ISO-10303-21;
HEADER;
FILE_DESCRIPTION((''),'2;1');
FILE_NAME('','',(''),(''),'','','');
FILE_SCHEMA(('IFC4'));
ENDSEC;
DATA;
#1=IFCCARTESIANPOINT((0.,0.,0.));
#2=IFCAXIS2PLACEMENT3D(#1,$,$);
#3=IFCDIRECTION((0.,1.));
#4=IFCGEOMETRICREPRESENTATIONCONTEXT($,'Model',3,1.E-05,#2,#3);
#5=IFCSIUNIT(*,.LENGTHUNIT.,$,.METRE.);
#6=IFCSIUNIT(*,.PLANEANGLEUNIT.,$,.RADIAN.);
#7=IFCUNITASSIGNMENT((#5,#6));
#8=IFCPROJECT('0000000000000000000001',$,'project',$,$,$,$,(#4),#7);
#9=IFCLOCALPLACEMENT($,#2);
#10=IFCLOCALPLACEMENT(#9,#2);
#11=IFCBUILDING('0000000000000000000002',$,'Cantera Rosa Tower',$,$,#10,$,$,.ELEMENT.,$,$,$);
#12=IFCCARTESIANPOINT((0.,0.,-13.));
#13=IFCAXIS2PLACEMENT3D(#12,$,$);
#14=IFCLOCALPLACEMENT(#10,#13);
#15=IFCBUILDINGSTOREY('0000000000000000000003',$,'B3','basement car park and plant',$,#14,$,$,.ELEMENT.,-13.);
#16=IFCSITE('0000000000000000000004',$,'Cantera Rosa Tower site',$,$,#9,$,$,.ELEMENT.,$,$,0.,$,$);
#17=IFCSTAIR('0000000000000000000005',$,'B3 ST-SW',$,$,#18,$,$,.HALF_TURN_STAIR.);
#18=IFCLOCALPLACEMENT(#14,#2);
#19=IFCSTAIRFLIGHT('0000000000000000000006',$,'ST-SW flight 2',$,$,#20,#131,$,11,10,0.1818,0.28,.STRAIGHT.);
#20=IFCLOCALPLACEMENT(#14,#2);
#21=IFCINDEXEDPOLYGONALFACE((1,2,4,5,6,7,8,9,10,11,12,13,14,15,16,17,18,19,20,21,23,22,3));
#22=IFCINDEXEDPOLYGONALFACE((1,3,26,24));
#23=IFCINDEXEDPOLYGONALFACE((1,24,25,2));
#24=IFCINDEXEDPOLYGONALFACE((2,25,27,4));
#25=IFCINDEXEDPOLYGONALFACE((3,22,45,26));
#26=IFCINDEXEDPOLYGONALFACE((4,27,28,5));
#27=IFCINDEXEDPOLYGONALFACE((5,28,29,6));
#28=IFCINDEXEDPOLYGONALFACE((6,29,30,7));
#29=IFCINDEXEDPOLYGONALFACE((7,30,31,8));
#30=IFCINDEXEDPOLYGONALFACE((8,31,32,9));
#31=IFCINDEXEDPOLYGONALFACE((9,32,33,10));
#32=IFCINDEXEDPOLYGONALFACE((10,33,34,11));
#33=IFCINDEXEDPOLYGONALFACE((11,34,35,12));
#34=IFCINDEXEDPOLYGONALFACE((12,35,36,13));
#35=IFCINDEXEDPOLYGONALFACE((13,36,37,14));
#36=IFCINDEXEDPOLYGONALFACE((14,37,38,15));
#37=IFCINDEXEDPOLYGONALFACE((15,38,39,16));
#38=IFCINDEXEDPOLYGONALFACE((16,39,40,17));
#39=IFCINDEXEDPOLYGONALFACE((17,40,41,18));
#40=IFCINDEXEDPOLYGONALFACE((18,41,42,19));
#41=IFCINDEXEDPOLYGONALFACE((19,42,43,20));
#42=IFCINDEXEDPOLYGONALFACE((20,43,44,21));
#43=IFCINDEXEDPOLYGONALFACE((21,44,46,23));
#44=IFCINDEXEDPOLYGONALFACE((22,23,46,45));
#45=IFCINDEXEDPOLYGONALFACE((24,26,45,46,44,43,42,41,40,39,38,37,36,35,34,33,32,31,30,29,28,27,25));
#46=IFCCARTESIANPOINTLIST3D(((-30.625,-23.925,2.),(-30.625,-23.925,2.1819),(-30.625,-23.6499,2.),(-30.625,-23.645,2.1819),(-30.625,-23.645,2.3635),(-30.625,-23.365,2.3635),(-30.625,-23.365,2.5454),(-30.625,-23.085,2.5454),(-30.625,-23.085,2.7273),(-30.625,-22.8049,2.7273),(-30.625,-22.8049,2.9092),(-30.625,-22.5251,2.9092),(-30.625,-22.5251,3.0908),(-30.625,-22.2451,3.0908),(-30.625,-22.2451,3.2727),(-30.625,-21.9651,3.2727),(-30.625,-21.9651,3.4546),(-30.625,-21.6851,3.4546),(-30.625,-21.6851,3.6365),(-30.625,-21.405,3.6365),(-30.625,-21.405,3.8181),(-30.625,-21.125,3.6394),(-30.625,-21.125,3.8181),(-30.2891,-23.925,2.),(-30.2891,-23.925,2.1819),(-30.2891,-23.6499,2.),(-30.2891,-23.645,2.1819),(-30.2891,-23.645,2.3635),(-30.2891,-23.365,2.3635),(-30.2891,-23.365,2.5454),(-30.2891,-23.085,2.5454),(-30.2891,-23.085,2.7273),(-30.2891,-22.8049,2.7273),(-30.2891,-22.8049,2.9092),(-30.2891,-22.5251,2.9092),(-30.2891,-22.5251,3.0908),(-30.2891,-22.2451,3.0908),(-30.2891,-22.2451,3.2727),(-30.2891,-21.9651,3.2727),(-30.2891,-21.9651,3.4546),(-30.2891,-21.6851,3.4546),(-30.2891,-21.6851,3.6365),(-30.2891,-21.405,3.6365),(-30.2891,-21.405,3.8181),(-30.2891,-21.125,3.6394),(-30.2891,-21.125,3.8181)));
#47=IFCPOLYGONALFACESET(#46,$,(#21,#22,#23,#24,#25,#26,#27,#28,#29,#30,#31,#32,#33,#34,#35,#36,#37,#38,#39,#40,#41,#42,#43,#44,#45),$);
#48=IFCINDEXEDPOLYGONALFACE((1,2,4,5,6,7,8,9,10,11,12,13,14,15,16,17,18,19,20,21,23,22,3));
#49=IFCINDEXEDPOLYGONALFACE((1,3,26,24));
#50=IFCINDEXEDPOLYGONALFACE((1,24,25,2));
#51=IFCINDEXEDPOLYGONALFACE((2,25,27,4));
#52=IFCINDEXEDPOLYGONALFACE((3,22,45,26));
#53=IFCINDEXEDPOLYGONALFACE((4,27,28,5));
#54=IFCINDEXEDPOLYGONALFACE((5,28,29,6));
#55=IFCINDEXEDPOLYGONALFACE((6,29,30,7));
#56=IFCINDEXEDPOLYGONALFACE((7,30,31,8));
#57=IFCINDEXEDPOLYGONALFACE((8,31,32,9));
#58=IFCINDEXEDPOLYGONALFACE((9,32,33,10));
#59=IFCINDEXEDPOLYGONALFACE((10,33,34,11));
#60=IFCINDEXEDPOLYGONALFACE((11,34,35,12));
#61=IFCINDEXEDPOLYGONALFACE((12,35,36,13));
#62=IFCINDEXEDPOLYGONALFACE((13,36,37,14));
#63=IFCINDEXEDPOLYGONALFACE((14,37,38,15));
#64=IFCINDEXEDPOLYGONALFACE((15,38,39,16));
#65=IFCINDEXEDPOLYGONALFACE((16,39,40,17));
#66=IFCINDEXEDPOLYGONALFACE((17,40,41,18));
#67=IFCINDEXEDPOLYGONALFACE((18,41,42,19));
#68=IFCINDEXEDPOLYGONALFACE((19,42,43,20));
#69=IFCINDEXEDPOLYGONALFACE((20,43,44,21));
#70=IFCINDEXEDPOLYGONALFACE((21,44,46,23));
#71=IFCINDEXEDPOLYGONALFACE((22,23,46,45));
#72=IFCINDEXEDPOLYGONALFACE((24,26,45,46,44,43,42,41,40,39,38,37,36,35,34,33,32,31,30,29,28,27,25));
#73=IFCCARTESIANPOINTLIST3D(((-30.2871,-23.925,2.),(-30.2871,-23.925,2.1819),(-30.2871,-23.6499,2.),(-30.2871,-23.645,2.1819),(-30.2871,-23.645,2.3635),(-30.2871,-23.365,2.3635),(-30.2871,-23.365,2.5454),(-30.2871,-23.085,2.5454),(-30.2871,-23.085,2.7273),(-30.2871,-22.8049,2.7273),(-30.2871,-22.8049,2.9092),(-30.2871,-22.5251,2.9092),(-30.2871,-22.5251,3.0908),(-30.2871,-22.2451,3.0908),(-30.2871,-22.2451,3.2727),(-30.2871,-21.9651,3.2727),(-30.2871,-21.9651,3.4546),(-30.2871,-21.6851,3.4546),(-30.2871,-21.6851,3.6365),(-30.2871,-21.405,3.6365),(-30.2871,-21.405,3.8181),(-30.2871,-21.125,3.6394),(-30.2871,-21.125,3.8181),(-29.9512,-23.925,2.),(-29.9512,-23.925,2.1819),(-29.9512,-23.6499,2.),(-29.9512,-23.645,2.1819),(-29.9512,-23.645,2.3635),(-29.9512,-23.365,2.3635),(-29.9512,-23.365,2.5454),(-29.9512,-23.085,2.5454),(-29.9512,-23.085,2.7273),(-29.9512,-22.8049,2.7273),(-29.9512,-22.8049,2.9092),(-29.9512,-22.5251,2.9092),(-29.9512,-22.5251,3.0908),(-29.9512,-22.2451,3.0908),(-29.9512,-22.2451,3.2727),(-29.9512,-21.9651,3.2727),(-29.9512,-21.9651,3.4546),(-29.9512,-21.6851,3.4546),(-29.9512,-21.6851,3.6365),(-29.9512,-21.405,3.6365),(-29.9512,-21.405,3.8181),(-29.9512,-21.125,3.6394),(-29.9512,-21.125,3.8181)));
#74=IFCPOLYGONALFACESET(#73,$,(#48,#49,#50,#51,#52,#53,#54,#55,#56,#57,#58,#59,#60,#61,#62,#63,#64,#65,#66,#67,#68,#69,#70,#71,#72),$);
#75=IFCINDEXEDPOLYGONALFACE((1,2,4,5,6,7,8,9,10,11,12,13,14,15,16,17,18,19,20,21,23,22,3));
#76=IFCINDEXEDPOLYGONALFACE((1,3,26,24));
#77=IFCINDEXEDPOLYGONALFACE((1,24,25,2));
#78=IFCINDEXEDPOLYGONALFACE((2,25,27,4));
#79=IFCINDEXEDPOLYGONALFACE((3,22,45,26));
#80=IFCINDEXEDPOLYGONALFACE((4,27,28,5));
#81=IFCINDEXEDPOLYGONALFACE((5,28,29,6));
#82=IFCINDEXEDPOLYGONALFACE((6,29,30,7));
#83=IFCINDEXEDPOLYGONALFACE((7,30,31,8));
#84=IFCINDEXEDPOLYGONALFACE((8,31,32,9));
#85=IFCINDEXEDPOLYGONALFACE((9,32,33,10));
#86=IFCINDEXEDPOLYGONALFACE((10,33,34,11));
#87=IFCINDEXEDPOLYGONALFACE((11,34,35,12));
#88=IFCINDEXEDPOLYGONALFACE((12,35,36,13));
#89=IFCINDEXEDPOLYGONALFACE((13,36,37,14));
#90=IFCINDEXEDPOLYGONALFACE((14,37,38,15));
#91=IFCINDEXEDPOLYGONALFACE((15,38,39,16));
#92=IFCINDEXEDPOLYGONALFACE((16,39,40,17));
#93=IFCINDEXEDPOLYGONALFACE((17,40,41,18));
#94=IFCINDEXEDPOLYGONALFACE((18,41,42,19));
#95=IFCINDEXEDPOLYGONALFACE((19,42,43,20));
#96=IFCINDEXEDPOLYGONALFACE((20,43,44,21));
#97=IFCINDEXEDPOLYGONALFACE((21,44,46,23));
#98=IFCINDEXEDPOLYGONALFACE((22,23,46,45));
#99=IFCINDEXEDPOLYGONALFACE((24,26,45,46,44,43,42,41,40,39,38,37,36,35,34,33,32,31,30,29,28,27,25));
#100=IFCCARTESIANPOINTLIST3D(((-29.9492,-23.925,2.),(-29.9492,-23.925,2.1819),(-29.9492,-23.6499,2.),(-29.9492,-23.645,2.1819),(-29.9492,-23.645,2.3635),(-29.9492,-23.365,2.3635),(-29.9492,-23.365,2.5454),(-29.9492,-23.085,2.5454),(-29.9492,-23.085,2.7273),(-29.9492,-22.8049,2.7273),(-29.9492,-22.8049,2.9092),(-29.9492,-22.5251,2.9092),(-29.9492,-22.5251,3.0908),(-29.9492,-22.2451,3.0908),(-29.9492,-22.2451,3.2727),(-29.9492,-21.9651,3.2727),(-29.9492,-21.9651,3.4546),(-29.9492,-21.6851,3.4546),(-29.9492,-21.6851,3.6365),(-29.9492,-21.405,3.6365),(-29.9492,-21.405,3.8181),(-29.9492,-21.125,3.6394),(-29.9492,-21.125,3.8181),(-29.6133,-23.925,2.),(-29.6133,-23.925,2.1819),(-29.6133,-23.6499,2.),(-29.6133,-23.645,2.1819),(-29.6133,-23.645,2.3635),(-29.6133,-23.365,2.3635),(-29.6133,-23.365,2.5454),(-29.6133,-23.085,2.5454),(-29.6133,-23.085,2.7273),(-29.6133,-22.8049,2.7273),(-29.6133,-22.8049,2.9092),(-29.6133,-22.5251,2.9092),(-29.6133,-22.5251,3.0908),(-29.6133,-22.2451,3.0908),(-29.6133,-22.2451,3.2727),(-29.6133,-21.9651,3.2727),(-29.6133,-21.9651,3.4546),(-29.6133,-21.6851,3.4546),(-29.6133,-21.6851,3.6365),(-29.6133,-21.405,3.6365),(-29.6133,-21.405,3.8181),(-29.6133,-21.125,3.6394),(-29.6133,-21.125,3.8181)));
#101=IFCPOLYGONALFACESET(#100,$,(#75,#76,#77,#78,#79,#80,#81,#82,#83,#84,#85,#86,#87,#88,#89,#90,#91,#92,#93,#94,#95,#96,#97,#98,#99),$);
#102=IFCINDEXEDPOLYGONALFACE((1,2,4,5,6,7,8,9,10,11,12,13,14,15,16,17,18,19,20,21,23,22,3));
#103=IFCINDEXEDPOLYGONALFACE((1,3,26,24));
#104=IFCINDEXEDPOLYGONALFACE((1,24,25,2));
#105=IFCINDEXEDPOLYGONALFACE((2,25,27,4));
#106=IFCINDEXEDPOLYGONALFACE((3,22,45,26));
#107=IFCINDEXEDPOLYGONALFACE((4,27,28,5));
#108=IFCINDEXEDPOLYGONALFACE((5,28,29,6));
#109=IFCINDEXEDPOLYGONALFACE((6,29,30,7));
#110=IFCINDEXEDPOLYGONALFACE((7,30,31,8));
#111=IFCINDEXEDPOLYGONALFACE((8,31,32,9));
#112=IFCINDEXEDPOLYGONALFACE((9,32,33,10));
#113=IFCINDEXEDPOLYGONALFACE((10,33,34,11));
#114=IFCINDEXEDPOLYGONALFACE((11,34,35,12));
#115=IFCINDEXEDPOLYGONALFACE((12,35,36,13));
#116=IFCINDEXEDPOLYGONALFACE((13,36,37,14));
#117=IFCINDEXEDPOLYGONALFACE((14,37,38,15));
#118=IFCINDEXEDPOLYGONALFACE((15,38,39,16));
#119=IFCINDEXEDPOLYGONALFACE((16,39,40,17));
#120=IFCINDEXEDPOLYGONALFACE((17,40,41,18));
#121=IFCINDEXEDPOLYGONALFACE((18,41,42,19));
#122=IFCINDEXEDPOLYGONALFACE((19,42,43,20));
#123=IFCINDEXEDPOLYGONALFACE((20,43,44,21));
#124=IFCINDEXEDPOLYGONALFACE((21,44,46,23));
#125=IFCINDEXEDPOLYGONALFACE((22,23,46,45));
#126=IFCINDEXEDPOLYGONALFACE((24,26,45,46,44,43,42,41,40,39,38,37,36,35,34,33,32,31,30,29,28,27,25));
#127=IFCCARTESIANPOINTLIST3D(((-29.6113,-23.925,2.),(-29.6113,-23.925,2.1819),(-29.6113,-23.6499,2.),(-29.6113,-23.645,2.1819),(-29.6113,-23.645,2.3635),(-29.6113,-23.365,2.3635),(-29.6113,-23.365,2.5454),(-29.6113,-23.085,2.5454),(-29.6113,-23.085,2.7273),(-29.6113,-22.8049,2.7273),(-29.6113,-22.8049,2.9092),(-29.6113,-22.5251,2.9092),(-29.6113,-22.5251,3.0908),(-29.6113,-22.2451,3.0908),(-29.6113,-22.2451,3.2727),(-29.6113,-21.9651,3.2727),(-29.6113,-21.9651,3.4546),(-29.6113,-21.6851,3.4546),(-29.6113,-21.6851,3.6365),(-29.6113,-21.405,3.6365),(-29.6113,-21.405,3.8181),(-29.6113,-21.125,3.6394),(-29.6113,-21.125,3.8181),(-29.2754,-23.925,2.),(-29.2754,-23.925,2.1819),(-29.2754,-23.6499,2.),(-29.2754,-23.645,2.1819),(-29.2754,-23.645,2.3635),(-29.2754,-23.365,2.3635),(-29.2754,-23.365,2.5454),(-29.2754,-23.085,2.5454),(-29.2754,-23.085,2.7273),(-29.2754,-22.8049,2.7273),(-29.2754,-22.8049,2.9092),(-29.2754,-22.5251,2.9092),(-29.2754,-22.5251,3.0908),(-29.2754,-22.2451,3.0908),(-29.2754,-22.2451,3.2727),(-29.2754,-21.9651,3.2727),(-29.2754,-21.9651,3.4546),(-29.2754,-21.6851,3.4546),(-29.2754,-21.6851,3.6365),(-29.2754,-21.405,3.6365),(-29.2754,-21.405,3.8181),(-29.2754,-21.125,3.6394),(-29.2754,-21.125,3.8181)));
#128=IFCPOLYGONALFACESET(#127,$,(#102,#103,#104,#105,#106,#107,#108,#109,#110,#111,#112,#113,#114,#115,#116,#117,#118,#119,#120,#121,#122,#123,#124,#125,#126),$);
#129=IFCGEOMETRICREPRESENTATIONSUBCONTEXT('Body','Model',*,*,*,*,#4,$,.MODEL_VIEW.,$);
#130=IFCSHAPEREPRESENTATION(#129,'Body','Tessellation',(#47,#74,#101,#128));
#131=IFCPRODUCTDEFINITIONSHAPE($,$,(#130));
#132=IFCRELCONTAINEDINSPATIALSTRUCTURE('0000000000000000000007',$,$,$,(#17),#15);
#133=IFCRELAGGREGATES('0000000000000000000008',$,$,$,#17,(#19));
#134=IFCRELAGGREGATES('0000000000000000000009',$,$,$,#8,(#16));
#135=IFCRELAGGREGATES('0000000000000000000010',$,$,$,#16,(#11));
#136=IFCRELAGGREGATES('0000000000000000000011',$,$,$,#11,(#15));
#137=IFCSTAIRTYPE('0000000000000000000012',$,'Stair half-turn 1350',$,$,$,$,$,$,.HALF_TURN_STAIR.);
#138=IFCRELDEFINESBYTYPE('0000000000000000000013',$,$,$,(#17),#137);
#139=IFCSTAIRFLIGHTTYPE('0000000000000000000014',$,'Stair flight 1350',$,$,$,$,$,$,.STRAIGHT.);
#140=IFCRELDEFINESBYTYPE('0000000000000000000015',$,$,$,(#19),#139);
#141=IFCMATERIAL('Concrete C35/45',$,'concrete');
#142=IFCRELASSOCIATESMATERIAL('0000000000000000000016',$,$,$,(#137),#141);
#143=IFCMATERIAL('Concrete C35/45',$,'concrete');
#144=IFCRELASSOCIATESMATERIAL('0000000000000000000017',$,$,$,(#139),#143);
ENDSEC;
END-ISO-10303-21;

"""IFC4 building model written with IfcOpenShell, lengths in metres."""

from ifc_helpers import new_model, si_unit, direction, frame, origin, place, context, subcontext, project, spatial, polyline, outline, extrude, material, type_object, element, aggregate, save


model = new_model("IFC4")

# Units and contexts
model_context = context("Model", 3, precision=1e-05, world=origin(), true_north=direction((0.0, 1.0)))
body_context = subcontext(model_context, "Body", "Model", "MODEL_VIEW")
ifc_project = project(units=[si_unit("LENGTHUNIT", "METRE"), si_unit("PLANEANGLEUNIT", "RADIAN")], contexts=[model_context])

# Site, building, storey
site_placement = place(None, origin())
site = spatial("IfcSite", under=ifc_project, at=site_placement, Name="Cantera Rosa Tower site", CompositionType="ELEMENT", RefElevation=0.0)
building_placement = place(site_placement, origin())
building = spatial("IfcBuilding", under=site, at=building_placement, Name="Cantera Rosa Tower", CompositionType="ELEMENT")
storey_placement = place(building_placement, frame((0.0, 0.0, -13.0)))
storey = spatial("IfcBuildingStorey", under=building, at=storey_placement, Name="B3", Description="basement car park and plant", CompositionType="ELEMENT", Elevation=-13.0)

# Stair, stair flight
ifc_material_1 = material(Name="Concrete C35/45", Category="concrete")
stair_type = type_object("IfcStairType", Name="Stair half-turn 1350", PredefinedType="HALF_TURN_STAIR", material=ifc_material_1)
stair_placement = place(storey_placement, origin())
stair = element("IfcStair", 1, at=stair_placement, inside=storey, type_object=stair_type, Name="B3 ST-SW", PredefinedType="HALF_TURN_STAIR")
ifc_material_2 = material(Name="Concrete C35/45", Category="concrete")
stair_flight_type = type_object("IfcStairFlightType", Name="Stair flight 1350", PredefinedType="STRAIGHT", material=ifc_material_2)
stair_flight_1_placement = place(storey_placement, frame((-29.95, -23.925, 2.0), z_axis=(0.0, 0.0, 1.0), x_axis=(0.0, 1.0, 0.0)))
stair_flight_1 = element("IfcStairFlight", 2, at=stair_flight_1_placement, type_object=stair_flight_type, Name="ST-SW flight 2", NumberOfRisers=11, NumberOfTreads=10, PredefinedType="STRAIGHT", RiserHeight=0.1818, TreadLength=0.28, context=body_context, shape_type="SweptSolid", body=[
    extrude(outline(polyline([(0.0, 0.0), (0.0, 0.1819), (0.28, 0.1819), (0.28, 0.3635), (0.5601, 0.3635), (0.5601, 0.5454), (0.8401, 0.5454), (0.8401, 0.7273), (1.1201, 0.7273), (1.1201, 0.9092), (1.3999, 0.9092), (1.3999, 1.0908), (1.6799, 1.0908), (1.6799, 1.2727), (1.96, 1.2727), (1.96, 1.4546), (2.24, 1.4546), (2.24, 1.6365), (2.52, 1.6365), (2.52, 1.8181), (2.8, 1.8181), (2.8, 2.0), (2.8, 1.6394), (0.2751, 0.0), (0.0, 0.0)])), frame((0.0, 0.675, 0.0), z_axis=(0.0, -1.0, 0.0), x_axis=(1.0, 0.0, 0.0)), (0.0, 0.0, 1.0), 0.3359),
    extrude(outline(polyline([(0.0, 0.0), (0.0, 0.1819), (0.28, 0.1819), (0.28, 0.3635), (0.5601, 0.3635), (0.5601, 0.5454), (0.8401, 0.5454), (0.8401, 0.7273), (1.1201, 0.7273), (1.1201, 0.9092), (1.3999, 0.9092), (1.3999, 1.0908), (1.6799, 1.0908), (1.6799, 1.2727), (1.96, 1.2727), (1.96, 1.4546), (2.24, 1.4546), (2.24, 1.6365), (2.52, 1.6365), (2.52, 1.8181), (2.8, 1.8181), (2.8, 2.0), (2.8, 1.6394), (0.2751, 0.0), (0.0, 0.0)])), frame((0.0, 0.3372, 0.0), z_axis=(0.0, -1.0, 0.0), x_axis=(1.0, 0.0, 0.0)), (0.0, 0.0, 1.0), 0.3359),
    extrude(outline(polyline([(0.0, 0.0), (0.0, 0.1819), (0.28, 0.1819), (0.28, 0.3635), (0.5601, 0.3635), (0.5601, 0.5454), (0.8401, 0.5454), (0.8401, 0.7273), (1.1201, 0.7273), (1.1201, 0.9092), (1.3999, 0.9092), (1.3999, 1.0908), (1.6799, 1.0908), (1.6799, 1.2727), (1.96, 1.2727), (1.96, 1.4546), (2.24, 1.4546), (2.24, 1.6365), (2.52, 1.6365), (2.52, 1.8181), (2.8, 1.8181), (2.8, 2.0), (2.8, 1.6394), (0.2751, 0.0), (0.0, 0.0)])), frame((0.0, -0.0007, 0.0), z_axis=(0.0, -1.0, 0.0), x_axis=(1.0, 0.0, 0.0)), (0.0, 0.0, 1.0), 0.3359),
    extrude(outline(polyline([(0.0, 0.0), (0.0, 0.1819), (0.28, 0.1819), (0.28, 0.3635), (0.5601, 0.3635), (0.5601, 0.5454), (0.8401, 0.5454), (0.8401, 0.7273), (1.1201, 0.7273), (1.1201, 0.9092), (1.3999, 0.9092), (1.3999, 1.0908), (1.6799, 1.0908), (1.6799, 1.2727), (1.96, 1.2727), (1.96, 1.4546), (2.24, 1.4546), (2.24, 1.6365), (2.52, 1.6365), (2.52, 1.8181), (2.8, 1.8181), (2.8, 2.0), (2.8, 1.6394), (0.2751, 0.0), (0.0, 0.0)])), frame((0.0, -0.3386, 0.0), z_axis=(0.0, -1.0, 0.0), x_axis=(1.0, 0.0, 0.0)), (0.0, 0.0, 1.0), 0.3359),
])
aggregate(stair, [stair_flight_1])

save(model, "model.ifc")
